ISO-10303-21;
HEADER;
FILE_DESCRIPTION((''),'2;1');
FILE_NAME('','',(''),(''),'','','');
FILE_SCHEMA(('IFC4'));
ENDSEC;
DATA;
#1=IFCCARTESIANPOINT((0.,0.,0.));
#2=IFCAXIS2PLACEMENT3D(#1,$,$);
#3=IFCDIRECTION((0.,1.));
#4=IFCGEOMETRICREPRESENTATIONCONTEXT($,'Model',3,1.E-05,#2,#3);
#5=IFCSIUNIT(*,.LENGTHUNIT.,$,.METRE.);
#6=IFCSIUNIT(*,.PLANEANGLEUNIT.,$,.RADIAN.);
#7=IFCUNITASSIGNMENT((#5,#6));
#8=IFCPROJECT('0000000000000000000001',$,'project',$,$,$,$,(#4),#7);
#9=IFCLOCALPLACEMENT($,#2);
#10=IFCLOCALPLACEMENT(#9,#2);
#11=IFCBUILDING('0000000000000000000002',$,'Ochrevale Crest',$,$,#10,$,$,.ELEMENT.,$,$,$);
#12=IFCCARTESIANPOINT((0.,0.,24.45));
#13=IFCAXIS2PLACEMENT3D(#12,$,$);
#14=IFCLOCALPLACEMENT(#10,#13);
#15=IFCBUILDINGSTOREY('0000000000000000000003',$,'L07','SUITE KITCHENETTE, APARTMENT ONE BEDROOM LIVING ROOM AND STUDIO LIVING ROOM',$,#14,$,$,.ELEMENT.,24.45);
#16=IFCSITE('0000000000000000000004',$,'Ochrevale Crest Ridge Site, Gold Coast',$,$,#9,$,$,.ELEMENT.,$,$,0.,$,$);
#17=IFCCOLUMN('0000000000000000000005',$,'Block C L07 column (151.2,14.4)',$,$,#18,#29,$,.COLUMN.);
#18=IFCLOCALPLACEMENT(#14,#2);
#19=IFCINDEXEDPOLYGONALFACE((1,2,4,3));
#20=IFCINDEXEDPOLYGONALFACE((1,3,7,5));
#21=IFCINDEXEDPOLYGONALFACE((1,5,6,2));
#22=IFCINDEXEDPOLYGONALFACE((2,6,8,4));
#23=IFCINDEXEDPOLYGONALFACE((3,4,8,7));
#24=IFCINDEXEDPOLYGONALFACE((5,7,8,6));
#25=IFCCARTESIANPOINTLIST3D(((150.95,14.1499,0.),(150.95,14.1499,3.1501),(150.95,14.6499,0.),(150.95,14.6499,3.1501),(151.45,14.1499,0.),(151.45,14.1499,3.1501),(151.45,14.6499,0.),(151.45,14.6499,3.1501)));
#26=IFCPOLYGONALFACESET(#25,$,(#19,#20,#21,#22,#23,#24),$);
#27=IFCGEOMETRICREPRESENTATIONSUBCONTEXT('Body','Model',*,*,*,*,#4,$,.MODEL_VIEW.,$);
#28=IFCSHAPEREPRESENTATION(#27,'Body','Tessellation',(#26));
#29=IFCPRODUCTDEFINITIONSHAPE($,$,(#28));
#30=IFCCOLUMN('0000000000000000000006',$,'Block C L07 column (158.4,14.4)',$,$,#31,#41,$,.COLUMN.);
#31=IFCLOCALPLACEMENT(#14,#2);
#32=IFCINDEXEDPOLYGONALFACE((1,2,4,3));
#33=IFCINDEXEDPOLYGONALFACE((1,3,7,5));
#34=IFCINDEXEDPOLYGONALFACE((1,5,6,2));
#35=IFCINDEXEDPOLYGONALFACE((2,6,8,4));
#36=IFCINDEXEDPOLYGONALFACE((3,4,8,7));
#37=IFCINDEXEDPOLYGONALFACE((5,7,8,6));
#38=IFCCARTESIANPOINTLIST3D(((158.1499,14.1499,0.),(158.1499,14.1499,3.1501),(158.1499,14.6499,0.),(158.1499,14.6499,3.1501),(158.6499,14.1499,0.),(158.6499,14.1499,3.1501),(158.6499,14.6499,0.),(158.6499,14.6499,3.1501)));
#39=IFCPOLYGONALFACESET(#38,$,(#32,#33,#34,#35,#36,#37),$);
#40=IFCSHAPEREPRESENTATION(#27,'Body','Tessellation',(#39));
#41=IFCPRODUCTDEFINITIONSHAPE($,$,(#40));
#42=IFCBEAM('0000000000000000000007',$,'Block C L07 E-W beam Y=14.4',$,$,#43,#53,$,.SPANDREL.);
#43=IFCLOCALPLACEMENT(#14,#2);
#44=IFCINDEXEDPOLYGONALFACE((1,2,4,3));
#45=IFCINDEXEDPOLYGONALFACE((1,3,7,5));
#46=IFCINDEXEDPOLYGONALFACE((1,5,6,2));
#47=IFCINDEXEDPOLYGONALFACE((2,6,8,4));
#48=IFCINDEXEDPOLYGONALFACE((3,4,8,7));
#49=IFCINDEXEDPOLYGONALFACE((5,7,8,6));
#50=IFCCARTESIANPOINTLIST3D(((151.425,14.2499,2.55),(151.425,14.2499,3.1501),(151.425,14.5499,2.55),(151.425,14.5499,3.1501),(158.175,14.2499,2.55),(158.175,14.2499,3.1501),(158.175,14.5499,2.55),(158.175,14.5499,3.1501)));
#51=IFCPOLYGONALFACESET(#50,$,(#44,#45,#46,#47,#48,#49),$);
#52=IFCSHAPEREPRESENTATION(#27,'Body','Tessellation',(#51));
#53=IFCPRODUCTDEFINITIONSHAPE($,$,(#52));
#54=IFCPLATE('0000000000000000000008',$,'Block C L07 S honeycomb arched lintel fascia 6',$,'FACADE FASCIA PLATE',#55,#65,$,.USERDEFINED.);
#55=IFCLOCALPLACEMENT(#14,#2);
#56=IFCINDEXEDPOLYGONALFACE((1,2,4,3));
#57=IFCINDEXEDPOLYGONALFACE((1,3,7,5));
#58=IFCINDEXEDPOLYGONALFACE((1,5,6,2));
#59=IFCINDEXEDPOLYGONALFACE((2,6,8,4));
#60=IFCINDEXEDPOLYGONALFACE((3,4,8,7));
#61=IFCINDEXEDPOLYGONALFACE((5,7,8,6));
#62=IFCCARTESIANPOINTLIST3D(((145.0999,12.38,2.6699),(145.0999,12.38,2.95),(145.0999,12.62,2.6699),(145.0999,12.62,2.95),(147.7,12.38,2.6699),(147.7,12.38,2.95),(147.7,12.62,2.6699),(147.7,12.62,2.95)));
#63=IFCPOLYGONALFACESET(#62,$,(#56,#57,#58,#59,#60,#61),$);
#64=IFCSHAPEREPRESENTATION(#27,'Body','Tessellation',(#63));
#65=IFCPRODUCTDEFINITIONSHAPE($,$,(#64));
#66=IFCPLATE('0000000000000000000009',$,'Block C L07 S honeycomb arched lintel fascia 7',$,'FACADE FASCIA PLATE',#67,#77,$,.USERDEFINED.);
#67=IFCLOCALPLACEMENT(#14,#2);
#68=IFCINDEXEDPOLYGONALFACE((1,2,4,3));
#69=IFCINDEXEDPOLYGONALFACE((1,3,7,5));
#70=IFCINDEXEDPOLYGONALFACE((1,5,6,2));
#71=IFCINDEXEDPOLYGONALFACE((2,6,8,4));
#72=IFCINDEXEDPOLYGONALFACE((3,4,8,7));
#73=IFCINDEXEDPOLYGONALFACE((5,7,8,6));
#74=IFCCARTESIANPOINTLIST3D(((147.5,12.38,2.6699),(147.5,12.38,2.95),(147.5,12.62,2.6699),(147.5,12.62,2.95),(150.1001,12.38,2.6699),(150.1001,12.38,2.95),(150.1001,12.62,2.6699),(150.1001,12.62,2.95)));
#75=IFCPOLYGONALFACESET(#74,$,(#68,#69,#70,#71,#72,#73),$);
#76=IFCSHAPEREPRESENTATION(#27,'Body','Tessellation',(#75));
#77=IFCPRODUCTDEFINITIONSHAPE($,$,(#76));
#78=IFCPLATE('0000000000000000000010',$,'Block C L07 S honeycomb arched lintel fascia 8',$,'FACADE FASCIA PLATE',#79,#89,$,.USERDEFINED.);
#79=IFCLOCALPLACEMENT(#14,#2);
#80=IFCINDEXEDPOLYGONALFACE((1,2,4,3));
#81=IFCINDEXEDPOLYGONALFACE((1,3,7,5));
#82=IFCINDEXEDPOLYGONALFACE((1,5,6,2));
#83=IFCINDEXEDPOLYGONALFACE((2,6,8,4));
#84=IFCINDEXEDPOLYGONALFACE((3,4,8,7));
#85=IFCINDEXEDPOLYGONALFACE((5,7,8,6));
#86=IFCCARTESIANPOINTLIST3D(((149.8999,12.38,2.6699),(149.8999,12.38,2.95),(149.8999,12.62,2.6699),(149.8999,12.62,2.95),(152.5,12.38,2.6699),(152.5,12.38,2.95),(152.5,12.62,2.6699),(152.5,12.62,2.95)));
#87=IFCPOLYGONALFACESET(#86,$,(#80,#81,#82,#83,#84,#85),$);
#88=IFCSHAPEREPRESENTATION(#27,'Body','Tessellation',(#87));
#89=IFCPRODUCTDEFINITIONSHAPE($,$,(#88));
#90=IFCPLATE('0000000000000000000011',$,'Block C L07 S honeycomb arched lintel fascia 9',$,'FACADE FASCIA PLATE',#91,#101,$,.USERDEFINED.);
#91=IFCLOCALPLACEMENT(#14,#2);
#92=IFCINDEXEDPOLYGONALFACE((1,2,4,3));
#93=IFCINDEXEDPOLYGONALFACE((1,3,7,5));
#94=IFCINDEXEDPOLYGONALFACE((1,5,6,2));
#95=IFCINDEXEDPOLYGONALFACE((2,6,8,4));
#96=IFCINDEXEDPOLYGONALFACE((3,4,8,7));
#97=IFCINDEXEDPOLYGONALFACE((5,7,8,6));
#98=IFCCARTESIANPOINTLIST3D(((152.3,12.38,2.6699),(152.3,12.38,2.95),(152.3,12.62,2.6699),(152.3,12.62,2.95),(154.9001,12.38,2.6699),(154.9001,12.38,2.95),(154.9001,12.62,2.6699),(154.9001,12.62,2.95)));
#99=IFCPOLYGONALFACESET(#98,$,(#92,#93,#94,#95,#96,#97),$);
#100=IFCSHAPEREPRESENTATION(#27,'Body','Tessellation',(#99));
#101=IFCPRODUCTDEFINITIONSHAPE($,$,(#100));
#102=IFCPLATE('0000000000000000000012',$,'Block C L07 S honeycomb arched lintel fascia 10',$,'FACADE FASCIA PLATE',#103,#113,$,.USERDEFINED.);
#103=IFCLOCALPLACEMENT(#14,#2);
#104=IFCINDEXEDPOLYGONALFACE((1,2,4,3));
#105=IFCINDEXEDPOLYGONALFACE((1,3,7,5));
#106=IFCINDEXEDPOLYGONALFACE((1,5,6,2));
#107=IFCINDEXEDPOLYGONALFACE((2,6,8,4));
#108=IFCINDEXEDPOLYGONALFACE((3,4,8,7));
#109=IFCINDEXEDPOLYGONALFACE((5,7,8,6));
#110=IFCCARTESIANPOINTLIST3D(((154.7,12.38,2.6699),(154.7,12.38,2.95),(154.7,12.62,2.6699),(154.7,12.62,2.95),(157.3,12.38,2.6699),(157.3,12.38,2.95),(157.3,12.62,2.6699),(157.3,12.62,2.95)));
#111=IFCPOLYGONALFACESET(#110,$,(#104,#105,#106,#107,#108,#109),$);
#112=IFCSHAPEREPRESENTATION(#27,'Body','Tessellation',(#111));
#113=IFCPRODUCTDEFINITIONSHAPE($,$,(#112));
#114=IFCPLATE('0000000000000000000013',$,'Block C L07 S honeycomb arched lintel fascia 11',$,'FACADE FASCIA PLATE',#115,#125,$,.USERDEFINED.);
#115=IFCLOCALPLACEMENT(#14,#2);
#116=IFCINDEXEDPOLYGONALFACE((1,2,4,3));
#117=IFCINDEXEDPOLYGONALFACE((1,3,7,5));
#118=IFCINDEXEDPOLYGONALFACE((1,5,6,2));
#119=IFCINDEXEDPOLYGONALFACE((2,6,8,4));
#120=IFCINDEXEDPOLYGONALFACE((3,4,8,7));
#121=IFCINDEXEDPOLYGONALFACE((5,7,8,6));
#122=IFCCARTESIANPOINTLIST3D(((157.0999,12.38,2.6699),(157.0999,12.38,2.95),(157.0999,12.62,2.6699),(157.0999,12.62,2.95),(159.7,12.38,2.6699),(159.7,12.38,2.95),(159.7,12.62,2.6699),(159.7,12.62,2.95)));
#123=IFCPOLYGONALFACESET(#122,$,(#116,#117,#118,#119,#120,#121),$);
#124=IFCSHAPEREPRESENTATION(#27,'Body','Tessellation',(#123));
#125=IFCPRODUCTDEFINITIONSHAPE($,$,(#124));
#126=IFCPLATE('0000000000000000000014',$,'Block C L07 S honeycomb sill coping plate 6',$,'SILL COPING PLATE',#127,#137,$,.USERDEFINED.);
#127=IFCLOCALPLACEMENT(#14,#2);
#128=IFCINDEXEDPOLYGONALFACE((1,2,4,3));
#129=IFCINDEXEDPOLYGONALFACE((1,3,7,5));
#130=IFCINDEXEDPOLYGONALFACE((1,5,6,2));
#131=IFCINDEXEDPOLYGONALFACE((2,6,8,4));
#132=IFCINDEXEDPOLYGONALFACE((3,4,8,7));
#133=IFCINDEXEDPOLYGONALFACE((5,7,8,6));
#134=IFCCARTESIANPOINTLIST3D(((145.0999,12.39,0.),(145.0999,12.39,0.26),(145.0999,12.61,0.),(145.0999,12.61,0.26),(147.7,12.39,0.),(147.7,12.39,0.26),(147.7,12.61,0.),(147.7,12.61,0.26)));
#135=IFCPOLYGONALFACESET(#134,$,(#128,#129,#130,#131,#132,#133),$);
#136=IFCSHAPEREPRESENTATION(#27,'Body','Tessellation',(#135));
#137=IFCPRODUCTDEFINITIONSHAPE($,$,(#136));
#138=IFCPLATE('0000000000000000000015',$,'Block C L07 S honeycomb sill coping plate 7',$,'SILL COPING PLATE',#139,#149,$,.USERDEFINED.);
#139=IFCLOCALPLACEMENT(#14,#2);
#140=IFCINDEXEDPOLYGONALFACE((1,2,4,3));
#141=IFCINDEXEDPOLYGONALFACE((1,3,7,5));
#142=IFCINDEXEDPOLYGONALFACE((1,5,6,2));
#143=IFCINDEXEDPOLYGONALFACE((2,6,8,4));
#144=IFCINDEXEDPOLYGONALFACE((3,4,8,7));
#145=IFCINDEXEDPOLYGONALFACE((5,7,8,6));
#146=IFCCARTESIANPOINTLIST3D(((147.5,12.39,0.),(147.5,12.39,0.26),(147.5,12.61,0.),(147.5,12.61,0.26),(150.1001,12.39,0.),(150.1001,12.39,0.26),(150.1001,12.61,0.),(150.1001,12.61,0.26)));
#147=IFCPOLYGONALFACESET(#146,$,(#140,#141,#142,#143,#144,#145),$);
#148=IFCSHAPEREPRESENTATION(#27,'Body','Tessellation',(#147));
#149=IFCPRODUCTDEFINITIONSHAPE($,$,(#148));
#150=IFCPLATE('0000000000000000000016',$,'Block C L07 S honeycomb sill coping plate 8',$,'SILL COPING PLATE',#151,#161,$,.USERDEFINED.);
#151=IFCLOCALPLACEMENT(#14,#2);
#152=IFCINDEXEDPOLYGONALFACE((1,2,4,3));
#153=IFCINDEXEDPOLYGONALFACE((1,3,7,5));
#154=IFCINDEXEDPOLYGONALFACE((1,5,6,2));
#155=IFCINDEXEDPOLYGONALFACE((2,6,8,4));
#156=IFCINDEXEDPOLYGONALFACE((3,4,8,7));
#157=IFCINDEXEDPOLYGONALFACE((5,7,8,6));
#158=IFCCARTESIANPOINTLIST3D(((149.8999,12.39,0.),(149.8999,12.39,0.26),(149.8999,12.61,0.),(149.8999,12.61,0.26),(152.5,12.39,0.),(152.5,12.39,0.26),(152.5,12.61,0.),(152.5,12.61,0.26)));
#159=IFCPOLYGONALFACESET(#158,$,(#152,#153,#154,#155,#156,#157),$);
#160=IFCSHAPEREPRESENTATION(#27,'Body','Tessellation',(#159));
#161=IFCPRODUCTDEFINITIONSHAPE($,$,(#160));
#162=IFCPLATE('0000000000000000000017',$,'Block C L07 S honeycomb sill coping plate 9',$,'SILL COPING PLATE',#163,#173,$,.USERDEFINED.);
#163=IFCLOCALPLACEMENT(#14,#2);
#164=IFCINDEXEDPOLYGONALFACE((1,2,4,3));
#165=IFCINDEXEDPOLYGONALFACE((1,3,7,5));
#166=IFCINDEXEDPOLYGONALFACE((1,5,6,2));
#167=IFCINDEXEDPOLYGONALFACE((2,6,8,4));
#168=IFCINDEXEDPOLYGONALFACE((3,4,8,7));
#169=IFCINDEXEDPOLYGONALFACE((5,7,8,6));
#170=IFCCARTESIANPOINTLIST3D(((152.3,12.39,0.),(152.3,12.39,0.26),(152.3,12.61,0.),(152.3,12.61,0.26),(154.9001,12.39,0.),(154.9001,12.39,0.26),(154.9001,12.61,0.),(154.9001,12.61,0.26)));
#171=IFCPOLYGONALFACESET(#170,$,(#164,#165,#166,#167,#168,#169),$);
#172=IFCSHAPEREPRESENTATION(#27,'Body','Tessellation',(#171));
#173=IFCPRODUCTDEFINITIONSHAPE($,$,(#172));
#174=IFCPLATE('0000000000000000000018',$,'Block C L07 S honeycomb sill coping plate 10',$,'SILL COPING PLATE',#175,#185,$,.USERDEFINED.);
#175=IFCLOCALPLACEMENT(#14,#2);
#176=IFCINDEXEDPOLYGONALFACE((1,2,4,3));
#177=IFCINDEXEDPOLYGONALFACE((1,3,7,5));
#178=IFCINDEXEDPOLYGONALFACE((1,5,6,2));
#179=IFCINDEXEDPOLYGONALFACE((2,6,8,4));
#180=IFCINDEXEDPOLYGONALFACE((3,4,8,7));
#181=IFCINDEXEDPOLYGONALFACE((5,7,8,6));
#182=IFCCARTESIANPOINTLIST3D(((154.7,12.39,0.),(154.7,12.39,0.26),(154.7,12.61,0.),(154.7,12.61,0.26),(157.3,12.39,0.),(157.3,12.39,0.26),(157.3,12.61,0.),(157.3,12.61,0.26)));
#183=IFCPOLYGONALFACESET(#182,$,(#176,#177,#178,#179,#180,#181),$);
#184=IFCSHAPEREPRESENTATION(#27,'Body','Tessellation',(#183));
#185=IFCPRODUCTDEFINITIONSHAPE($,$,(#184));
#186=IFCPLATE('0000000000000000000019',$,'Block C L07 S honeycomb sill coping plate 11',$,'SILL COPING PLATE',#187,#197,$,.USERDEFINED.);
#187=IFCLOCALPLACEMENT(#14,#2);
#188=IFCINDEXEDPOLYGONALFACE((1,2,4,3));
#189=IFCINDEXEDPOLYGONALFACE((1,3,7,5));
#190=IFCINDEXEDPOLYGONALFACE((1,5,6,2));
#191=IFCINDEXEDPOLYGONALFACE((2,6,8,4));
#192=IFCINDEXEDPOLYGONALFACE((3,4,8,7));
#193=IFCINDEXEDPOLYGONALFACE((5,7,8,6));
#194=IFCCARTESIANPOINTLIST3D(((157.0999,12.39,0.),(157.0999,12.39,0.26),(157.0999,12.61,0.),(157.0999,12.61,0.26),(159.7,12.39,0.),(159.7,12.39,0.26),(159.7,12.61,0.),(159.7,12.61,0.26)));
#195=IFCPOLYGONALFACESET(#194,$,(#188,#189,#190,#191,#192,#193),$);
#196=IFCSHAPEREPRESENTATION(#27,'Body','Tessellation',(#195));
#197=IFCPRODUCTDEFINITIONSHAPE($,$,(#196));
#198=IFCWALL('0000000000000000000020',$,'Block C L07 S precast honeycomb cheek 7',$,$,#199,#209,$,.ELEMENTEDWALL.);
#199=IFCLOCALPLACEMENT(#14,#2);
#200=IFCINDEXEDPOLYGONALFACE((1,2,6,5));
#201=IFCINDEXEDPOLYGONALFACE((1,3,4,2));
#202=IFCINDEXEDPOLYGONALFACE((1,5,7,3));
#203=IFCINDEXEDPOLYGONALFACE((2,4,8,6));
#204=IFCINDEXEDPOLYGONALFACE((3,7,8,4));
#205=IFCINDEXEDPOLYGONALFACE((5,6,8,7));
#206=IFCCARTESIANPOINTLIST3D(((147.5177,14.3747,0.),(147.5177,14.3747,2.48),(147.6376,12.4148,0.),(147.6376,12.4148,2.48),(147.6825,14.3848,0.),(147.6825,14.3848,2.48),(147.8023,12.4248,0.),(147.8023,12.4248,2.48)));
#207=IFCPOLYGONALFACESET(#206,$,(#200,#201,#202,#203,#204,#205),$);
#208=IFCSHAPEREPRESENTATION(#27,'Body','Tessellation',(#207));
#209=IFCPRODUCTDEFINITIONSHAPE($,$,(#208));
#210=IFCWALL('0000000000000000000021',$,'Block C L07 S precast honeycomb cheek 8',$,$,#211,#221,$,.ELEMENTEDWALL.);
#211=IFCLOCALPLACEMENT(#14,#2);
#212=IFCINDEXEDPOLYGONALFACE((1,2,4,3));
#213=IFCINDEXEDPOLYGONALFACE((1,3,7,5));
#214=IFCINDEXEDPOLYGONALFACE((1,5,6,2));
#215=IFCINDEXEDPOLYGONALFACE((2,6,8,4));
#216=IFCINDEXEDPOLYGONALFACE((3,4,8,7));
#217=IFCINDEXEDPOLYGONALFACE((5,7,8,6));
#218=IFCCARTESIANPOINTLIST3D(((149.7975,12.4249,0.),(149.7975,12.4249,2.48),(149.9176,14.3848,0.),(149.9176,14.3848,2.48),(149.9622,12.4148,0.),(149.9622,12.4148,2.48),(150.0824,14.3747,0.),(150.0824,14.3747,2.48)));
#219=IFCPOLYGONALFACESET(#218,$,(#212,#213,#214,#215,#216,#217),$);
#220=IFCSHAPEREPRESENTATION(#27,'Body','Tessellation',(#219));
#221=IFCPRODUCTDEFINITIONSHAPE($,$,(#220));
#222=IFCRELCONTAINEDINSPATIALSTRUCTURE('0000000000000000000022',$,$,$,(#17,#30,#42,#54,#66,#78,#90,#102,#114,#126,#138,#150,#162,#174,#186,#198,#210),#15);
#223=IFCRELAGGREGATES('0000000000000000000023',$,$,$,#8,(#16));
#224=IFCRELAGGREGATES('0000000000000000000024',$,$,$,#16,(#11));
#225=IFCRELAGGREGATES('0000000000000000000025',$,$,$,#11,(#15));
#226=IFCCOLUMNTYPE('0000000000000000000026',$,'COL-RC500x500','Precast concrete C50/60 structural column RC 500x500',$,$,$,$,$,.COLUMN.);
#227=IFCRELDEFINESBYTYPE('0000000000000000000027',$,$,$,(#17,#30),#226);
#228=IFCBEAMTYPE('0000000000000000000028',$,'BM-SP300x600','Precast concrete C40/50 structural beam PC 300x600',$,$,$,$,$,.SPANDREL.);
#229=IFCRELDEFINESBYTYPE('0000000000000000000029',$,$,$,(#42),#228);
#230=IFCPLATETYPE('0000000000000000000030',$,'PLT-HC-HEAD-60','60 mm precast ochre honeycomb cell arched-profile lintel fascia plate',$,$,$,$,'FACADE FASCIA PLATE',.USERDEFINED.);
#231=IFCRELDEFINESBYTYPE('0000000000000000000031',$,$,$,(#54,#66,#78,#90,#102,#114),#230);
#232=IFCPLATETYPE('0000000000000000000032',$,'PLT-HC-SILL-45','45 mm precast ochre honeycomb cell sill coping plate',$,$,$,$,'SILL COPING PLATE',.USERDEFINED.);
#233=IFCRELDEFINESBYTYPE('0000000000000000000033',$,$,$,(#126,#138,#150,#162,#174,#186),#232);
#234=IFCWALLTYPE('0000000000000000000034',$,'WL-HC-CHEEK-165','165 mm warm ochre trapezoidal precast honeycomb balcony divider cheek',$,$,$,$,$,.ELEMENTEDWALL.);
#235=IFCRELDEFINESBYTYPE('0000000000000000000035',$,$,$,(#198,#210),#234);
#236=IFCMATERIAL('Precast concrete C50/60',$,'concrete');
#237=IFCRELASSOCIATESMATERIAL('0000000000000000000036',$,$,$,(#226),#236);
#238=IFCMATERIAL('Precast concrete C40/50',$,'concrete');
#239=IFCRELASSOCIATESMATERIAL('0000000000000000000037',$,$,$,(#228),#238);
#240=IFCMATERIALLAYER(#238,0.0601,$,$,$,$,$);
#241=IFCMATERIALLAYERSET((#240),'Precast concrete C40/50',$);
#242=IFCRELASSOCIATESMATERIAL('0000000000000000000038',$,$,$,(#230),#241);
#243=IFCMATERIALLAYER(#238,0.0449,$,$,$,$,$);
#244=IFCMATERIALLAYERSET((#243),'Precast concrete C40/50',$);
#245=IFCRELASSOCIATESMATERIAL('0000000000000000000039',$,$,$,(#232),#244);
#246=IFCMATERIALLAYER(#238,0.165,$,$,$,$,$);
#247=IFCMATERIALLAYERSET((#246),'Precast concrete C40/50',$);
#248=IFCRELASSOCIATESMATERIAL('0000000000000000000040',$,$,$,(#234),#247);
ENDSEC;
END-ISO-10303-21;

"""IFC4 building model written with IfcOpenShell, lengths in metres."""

from ifc_helpers import new_model, si_unit, direction, frame, frame_2d, origin, origin_2d, place, context, subcontext, project, spatial, rectangle, extrude, material, layer, layer_set, material_profile, profile_set, type_object, element, save


model = new_model("IFC4")

# Units and contexts
model_context = context("Model", 3, precision=1e-05, world=origin(), true_north=direction((0.0, 1.0)))
body_context = subcontext(model_context, "Body", "Model", "MODEL_VIEW")
ifc_project = project(units=[si_unit("LENGTHUNIT", "METRE"), si_unit("PLANEANGLEUNIT", "RADIAN")], contexts=[model_context])

# Site, building, storey
site_placement = place(None, origin())
site = spatial("IfcSite", under=ifc_project, at=site_placement, Name="Ochrevale Crest Ridge Site, Gold Coast", CompositionType="ELEMENT", RefElevation=0.0)
building_placement = place(site_placement, origin())
building = spatial("IfcBuilding", under=site, at=building_placement, Name="Ochrevale Crest", CompositionType="ELEMENT")
storey_placement = place(building_placement, frame((0.0, 0.0, 24.45)))
storey = spatial("IfcBuildingStorey", under=building, at=storey_placement, Name="L07", Description="SUITE KITCHENETTE, APARTMENT ONE BEDROOM LIVING ROOM AND STUDIO LIVING ROOM", CompositionType="ELEMENT", Elevation=24.45)

# Columns
ifc_material_1 = material(Name="Precast concrete C50/60", Category="concrete")
ifc_material_profile_1 = material_profile(ifc_material_1, rectangle(XDim=0.5, YDim=0.5, at=origin_2d()), Name="RC 500x500")
ifc_profile_set_1 = profile_set([ifc_material_profile_1], Name="Precast concrete C50/60")
column_type = type_object("IfcColumnType", Name="COL-RC500x500", Description="Precast concrete C50/60 structural column RC 500x500", PredefinedType="COLUMN", material=ifc_profile_set_1)
for number, where, z_axis, x_axis, name in (
    (1, (151.2, 14.3999, 0.0), (0.0, 0.0, 1.0), (1.0, 0.0, 0.0), "Block C L07 column (151.2,14.4)"),
    (2, (158.3999, 14.3999, 0.0), (0.0, 0.0, 1.0), (1.0, 0.0, 0.0), "Block C L07 column (158.4,14.4)"),
):
    element("IfcColumn", number, at=place(storey_placement, frame(where, z_axis=z_axis, x_axis=x_axis)), inside=storey, type_object=column_type, Name=name, PredefinedType="COLUMN", context=body_context, shape_type="SweptSolid", body=[
        extrude(rectangle(XDim=0.5, YDim=0.5, at=origin_2d()), origin(), (0.0, 0.0, 1.0), 3.1501),
    ])

# Beam
ifc_material_2 = material(Name="Precast concrete C40/50", Category="concrete")
ifc_material_profile_2 = material_profile(ifc_material_2, rectangle(XDim=0.3, YDim=0.6001, at=origin_2d()), Name="PC 300x600")
ifc_profile_set_2 = profile_set([ifc_material_profile_2], Name="Precast concrete C40/50")
beam_type = type_object("IfcBeamType", Name="BM-SP300x600", Description="Precast concrete C40/50 structural beam PC 300x600", PredefinedType="SPANDREL", material=ifc_profile_set_2)
beam_placement = place(storey_placement, frame((151.425, 14.3999, 2.8501), z_axis=(1.0, 0.0, 0.0), x_axis=(0.0, 1.0, 0.0)))
element("IfcBeam", 3, at=beam_placement, inside=storey, type_object=beam_type, Name="Block C L07 E-W beam Y=14.4", PredefinedType="SPANDREL", context=body_context, shape_type="SweptSolid", body=[
    extrude(rectangle(XDim=0.3, YDim=0.6001, at=origin_2d()), origin(), (0.0, 0.0, 1.0), 6.75),
])

# Plates
ifc_layer_1 = layer(ifc_material_2, 0.0601)
ifc_layer_set_1 = layer_set([ifc_layer_1], Name="Precast concrete C40/50")
plate_type_1 = type_object("IfcPlateType", Name="PLT-HC-HEAD-60", Description="60 mm precast ochre honeycomb cell arched-profile lintel fascia plate", ElementType="FACADE FASCIA PLATE", PredefinedType="USERDEFINED", material=ifc_layer_set_1)
for number, where, z_axis, x_axis, name in (
    (4, (146.3999, 12.5, 2.6699), (0.0, 0.0, 1.0), (1.0, 0.0, 0.0), "Block C L07 S honeycomb arched lintel fascia 6"),
    (5, (148.8, 12.5, 2.6699), (0.0, 0.0, 1.0), (1.0, 0.0, 0.0), "Block C L07 S honeycomb arched lintel fascia 7"),
    (6, (151.2, 12.5, 2.6699), (0.0, 0.0, 1.0), (1.0, 0.0, 0.0), "Block C L07 S honeycomb arched lintel fascia 8"),
    (7, (153.6001, 12.5, 2.6699), (0.0, 0.0, 1.0), (1.0, 0.0, 0.0), "Block C L07 S honeycomb arched lintel fascia 9"),
    (8, (156.0, 12.5, 2.6699), (0.0, 0.0, 1.0), (1.0, 0.0, 0.0), "Block C L07 S honeycomb arched lintel fascia 10"),
    (9, (158.3999, 12.5, 2.6699), (0.0, 0.0, 1.0), (1.0, 0.0, 0.0), "Block C L07 S honeycomb arched lintel fascia 11"),
):
    element("IfcPlate", number, at=place(storey_placement, frame(where, z_axis=z_axis, x_axis=x_axis)), inside=storey, type_object=plate_type_1, Name=name, ObjectType="FACADE FASCIA PLATE", PredefinedType="USERDEFINED", context=body_context, shape_type="SweptSolid", body=[
        extrude(rectangle(XDim=2.6001, YDim=0.24, at=origin_2d()), origin(), (0.0, 0.0, 1.0), 0.28),
    ])
ifc_layer_2 = layer(ifc_material_2, 0.0449)
ifc_layer_set_2 = layer_set([ifc_layer_2], Name="Precast concrete C40/50")
plate_type_2 = type_object("IfcPlateType", Name="PLT-HC-SILL-45", Description="45 mm precast ochre honeycomb cell sill coping plate", ElementType="SILL COPING PLATE", PredefinedType="USERDEFINED", material=ifc_layer_set_2)
for number, where, z_axis, x_axis, name in (
    (10, (146.3999, 12.5, 0.0), (0.0, 0.0, 1.0), (1.0, 0.0, 0.0), "Block C L07 S honeycomb sill coping plate 6"),
    (11, (148.8, 12.5, 0.0), (0.0, 0.0, 1.0), (1.0, 0.0, 0.0), "Block C L07 S honeycomb sill coping plate 7"),
    (12, (151.2, 12.5, 0.0), (0.0, 0.0, 1.0), (1.0, 0.0, 0.0), "Block C L07 S honeycomb sill coping plate 8"),
    (13, (153.6001, 12.5, 0.0), (0.0, 0.0, 1.0), (1.0, 0.0, 0.0), "Block C L07 S honeycomb sill coping plate 9"),
    (14, (156.0, 12.5, 0.0), (0.0, 0.0, 1.0), (1.0, 0.0, 0.0), "Block C L07 S honeycomb sill coping plate 10"),
    (15, (158.3999, 12.5, 0.0), (0.0, 0.0, 1.0), (1.0, 0.0, 0.0), "Block C L07 S honeycomb sill coping plate 11"),
):
    element("IfcPlate", number, at=place(storey_placement, frame(where, z_axis=z_axis, x_axis=x_axis)), inside=storey, type_object=plate_type_2, Name=name, ObjectType="SILL COPING PLATE", PredefinedType="USERDEFINED", context=body_context, shape_type="SweptSolid", body=[
        extrude(rectangle(XDim=2.6001, YDim=0.22, at=origin_2d()), origin(), (0.0, 0.0, 1.0), 0.26),
    ])

# Walls
ifc_layer_3 = layer(ifc_material_2, 0.165)
ifc_layer_set_3 = layer_set([ifc_layer_3], Name="Precast concrete C40/50")
wall_type = type_object("IfcWallType", Name="WL-HC-CHEEK-165", Description="165 mm warm ochre trapezoidal precast honeycomb balcony divider cheek", PredefinedType="ELEMENTEDWALL", material=ifc_layer_set_3)
for number, where, z_axis, x_axis, name in (
    (16, (147.6001, 14.3799, 0.0), (0.0, 0.0, 1.0), (0.061047, -0.998135, 0.0), "Block C L07 S precast honeycomb cheek 7"),
    (17, (150.0, 14.3799, 0.0), (0.0, 0.0, 1.0), (-0.061171, -0.998127, 0.0), "Block C L07 S precast honeycomb cheek 8"),
):
    element("IfcWall", number, at=place(storey_placement, frame(where, z_axis=z_axis, x_axis=x_axis)), inside=storey, type_object=wall_type, Name=name, PredefinedType="ELEMENTEDWALL", context=body_context, shape_type="SweptSolid", body=[
        extrude(rectangle(XDim=1.9636, YDim=0.165, at=frame_2d((0.9819, 0.0))), origin(), (0.0, 0.0, 1.0), 2.48),
    ])

save(model, "model.ifc")
